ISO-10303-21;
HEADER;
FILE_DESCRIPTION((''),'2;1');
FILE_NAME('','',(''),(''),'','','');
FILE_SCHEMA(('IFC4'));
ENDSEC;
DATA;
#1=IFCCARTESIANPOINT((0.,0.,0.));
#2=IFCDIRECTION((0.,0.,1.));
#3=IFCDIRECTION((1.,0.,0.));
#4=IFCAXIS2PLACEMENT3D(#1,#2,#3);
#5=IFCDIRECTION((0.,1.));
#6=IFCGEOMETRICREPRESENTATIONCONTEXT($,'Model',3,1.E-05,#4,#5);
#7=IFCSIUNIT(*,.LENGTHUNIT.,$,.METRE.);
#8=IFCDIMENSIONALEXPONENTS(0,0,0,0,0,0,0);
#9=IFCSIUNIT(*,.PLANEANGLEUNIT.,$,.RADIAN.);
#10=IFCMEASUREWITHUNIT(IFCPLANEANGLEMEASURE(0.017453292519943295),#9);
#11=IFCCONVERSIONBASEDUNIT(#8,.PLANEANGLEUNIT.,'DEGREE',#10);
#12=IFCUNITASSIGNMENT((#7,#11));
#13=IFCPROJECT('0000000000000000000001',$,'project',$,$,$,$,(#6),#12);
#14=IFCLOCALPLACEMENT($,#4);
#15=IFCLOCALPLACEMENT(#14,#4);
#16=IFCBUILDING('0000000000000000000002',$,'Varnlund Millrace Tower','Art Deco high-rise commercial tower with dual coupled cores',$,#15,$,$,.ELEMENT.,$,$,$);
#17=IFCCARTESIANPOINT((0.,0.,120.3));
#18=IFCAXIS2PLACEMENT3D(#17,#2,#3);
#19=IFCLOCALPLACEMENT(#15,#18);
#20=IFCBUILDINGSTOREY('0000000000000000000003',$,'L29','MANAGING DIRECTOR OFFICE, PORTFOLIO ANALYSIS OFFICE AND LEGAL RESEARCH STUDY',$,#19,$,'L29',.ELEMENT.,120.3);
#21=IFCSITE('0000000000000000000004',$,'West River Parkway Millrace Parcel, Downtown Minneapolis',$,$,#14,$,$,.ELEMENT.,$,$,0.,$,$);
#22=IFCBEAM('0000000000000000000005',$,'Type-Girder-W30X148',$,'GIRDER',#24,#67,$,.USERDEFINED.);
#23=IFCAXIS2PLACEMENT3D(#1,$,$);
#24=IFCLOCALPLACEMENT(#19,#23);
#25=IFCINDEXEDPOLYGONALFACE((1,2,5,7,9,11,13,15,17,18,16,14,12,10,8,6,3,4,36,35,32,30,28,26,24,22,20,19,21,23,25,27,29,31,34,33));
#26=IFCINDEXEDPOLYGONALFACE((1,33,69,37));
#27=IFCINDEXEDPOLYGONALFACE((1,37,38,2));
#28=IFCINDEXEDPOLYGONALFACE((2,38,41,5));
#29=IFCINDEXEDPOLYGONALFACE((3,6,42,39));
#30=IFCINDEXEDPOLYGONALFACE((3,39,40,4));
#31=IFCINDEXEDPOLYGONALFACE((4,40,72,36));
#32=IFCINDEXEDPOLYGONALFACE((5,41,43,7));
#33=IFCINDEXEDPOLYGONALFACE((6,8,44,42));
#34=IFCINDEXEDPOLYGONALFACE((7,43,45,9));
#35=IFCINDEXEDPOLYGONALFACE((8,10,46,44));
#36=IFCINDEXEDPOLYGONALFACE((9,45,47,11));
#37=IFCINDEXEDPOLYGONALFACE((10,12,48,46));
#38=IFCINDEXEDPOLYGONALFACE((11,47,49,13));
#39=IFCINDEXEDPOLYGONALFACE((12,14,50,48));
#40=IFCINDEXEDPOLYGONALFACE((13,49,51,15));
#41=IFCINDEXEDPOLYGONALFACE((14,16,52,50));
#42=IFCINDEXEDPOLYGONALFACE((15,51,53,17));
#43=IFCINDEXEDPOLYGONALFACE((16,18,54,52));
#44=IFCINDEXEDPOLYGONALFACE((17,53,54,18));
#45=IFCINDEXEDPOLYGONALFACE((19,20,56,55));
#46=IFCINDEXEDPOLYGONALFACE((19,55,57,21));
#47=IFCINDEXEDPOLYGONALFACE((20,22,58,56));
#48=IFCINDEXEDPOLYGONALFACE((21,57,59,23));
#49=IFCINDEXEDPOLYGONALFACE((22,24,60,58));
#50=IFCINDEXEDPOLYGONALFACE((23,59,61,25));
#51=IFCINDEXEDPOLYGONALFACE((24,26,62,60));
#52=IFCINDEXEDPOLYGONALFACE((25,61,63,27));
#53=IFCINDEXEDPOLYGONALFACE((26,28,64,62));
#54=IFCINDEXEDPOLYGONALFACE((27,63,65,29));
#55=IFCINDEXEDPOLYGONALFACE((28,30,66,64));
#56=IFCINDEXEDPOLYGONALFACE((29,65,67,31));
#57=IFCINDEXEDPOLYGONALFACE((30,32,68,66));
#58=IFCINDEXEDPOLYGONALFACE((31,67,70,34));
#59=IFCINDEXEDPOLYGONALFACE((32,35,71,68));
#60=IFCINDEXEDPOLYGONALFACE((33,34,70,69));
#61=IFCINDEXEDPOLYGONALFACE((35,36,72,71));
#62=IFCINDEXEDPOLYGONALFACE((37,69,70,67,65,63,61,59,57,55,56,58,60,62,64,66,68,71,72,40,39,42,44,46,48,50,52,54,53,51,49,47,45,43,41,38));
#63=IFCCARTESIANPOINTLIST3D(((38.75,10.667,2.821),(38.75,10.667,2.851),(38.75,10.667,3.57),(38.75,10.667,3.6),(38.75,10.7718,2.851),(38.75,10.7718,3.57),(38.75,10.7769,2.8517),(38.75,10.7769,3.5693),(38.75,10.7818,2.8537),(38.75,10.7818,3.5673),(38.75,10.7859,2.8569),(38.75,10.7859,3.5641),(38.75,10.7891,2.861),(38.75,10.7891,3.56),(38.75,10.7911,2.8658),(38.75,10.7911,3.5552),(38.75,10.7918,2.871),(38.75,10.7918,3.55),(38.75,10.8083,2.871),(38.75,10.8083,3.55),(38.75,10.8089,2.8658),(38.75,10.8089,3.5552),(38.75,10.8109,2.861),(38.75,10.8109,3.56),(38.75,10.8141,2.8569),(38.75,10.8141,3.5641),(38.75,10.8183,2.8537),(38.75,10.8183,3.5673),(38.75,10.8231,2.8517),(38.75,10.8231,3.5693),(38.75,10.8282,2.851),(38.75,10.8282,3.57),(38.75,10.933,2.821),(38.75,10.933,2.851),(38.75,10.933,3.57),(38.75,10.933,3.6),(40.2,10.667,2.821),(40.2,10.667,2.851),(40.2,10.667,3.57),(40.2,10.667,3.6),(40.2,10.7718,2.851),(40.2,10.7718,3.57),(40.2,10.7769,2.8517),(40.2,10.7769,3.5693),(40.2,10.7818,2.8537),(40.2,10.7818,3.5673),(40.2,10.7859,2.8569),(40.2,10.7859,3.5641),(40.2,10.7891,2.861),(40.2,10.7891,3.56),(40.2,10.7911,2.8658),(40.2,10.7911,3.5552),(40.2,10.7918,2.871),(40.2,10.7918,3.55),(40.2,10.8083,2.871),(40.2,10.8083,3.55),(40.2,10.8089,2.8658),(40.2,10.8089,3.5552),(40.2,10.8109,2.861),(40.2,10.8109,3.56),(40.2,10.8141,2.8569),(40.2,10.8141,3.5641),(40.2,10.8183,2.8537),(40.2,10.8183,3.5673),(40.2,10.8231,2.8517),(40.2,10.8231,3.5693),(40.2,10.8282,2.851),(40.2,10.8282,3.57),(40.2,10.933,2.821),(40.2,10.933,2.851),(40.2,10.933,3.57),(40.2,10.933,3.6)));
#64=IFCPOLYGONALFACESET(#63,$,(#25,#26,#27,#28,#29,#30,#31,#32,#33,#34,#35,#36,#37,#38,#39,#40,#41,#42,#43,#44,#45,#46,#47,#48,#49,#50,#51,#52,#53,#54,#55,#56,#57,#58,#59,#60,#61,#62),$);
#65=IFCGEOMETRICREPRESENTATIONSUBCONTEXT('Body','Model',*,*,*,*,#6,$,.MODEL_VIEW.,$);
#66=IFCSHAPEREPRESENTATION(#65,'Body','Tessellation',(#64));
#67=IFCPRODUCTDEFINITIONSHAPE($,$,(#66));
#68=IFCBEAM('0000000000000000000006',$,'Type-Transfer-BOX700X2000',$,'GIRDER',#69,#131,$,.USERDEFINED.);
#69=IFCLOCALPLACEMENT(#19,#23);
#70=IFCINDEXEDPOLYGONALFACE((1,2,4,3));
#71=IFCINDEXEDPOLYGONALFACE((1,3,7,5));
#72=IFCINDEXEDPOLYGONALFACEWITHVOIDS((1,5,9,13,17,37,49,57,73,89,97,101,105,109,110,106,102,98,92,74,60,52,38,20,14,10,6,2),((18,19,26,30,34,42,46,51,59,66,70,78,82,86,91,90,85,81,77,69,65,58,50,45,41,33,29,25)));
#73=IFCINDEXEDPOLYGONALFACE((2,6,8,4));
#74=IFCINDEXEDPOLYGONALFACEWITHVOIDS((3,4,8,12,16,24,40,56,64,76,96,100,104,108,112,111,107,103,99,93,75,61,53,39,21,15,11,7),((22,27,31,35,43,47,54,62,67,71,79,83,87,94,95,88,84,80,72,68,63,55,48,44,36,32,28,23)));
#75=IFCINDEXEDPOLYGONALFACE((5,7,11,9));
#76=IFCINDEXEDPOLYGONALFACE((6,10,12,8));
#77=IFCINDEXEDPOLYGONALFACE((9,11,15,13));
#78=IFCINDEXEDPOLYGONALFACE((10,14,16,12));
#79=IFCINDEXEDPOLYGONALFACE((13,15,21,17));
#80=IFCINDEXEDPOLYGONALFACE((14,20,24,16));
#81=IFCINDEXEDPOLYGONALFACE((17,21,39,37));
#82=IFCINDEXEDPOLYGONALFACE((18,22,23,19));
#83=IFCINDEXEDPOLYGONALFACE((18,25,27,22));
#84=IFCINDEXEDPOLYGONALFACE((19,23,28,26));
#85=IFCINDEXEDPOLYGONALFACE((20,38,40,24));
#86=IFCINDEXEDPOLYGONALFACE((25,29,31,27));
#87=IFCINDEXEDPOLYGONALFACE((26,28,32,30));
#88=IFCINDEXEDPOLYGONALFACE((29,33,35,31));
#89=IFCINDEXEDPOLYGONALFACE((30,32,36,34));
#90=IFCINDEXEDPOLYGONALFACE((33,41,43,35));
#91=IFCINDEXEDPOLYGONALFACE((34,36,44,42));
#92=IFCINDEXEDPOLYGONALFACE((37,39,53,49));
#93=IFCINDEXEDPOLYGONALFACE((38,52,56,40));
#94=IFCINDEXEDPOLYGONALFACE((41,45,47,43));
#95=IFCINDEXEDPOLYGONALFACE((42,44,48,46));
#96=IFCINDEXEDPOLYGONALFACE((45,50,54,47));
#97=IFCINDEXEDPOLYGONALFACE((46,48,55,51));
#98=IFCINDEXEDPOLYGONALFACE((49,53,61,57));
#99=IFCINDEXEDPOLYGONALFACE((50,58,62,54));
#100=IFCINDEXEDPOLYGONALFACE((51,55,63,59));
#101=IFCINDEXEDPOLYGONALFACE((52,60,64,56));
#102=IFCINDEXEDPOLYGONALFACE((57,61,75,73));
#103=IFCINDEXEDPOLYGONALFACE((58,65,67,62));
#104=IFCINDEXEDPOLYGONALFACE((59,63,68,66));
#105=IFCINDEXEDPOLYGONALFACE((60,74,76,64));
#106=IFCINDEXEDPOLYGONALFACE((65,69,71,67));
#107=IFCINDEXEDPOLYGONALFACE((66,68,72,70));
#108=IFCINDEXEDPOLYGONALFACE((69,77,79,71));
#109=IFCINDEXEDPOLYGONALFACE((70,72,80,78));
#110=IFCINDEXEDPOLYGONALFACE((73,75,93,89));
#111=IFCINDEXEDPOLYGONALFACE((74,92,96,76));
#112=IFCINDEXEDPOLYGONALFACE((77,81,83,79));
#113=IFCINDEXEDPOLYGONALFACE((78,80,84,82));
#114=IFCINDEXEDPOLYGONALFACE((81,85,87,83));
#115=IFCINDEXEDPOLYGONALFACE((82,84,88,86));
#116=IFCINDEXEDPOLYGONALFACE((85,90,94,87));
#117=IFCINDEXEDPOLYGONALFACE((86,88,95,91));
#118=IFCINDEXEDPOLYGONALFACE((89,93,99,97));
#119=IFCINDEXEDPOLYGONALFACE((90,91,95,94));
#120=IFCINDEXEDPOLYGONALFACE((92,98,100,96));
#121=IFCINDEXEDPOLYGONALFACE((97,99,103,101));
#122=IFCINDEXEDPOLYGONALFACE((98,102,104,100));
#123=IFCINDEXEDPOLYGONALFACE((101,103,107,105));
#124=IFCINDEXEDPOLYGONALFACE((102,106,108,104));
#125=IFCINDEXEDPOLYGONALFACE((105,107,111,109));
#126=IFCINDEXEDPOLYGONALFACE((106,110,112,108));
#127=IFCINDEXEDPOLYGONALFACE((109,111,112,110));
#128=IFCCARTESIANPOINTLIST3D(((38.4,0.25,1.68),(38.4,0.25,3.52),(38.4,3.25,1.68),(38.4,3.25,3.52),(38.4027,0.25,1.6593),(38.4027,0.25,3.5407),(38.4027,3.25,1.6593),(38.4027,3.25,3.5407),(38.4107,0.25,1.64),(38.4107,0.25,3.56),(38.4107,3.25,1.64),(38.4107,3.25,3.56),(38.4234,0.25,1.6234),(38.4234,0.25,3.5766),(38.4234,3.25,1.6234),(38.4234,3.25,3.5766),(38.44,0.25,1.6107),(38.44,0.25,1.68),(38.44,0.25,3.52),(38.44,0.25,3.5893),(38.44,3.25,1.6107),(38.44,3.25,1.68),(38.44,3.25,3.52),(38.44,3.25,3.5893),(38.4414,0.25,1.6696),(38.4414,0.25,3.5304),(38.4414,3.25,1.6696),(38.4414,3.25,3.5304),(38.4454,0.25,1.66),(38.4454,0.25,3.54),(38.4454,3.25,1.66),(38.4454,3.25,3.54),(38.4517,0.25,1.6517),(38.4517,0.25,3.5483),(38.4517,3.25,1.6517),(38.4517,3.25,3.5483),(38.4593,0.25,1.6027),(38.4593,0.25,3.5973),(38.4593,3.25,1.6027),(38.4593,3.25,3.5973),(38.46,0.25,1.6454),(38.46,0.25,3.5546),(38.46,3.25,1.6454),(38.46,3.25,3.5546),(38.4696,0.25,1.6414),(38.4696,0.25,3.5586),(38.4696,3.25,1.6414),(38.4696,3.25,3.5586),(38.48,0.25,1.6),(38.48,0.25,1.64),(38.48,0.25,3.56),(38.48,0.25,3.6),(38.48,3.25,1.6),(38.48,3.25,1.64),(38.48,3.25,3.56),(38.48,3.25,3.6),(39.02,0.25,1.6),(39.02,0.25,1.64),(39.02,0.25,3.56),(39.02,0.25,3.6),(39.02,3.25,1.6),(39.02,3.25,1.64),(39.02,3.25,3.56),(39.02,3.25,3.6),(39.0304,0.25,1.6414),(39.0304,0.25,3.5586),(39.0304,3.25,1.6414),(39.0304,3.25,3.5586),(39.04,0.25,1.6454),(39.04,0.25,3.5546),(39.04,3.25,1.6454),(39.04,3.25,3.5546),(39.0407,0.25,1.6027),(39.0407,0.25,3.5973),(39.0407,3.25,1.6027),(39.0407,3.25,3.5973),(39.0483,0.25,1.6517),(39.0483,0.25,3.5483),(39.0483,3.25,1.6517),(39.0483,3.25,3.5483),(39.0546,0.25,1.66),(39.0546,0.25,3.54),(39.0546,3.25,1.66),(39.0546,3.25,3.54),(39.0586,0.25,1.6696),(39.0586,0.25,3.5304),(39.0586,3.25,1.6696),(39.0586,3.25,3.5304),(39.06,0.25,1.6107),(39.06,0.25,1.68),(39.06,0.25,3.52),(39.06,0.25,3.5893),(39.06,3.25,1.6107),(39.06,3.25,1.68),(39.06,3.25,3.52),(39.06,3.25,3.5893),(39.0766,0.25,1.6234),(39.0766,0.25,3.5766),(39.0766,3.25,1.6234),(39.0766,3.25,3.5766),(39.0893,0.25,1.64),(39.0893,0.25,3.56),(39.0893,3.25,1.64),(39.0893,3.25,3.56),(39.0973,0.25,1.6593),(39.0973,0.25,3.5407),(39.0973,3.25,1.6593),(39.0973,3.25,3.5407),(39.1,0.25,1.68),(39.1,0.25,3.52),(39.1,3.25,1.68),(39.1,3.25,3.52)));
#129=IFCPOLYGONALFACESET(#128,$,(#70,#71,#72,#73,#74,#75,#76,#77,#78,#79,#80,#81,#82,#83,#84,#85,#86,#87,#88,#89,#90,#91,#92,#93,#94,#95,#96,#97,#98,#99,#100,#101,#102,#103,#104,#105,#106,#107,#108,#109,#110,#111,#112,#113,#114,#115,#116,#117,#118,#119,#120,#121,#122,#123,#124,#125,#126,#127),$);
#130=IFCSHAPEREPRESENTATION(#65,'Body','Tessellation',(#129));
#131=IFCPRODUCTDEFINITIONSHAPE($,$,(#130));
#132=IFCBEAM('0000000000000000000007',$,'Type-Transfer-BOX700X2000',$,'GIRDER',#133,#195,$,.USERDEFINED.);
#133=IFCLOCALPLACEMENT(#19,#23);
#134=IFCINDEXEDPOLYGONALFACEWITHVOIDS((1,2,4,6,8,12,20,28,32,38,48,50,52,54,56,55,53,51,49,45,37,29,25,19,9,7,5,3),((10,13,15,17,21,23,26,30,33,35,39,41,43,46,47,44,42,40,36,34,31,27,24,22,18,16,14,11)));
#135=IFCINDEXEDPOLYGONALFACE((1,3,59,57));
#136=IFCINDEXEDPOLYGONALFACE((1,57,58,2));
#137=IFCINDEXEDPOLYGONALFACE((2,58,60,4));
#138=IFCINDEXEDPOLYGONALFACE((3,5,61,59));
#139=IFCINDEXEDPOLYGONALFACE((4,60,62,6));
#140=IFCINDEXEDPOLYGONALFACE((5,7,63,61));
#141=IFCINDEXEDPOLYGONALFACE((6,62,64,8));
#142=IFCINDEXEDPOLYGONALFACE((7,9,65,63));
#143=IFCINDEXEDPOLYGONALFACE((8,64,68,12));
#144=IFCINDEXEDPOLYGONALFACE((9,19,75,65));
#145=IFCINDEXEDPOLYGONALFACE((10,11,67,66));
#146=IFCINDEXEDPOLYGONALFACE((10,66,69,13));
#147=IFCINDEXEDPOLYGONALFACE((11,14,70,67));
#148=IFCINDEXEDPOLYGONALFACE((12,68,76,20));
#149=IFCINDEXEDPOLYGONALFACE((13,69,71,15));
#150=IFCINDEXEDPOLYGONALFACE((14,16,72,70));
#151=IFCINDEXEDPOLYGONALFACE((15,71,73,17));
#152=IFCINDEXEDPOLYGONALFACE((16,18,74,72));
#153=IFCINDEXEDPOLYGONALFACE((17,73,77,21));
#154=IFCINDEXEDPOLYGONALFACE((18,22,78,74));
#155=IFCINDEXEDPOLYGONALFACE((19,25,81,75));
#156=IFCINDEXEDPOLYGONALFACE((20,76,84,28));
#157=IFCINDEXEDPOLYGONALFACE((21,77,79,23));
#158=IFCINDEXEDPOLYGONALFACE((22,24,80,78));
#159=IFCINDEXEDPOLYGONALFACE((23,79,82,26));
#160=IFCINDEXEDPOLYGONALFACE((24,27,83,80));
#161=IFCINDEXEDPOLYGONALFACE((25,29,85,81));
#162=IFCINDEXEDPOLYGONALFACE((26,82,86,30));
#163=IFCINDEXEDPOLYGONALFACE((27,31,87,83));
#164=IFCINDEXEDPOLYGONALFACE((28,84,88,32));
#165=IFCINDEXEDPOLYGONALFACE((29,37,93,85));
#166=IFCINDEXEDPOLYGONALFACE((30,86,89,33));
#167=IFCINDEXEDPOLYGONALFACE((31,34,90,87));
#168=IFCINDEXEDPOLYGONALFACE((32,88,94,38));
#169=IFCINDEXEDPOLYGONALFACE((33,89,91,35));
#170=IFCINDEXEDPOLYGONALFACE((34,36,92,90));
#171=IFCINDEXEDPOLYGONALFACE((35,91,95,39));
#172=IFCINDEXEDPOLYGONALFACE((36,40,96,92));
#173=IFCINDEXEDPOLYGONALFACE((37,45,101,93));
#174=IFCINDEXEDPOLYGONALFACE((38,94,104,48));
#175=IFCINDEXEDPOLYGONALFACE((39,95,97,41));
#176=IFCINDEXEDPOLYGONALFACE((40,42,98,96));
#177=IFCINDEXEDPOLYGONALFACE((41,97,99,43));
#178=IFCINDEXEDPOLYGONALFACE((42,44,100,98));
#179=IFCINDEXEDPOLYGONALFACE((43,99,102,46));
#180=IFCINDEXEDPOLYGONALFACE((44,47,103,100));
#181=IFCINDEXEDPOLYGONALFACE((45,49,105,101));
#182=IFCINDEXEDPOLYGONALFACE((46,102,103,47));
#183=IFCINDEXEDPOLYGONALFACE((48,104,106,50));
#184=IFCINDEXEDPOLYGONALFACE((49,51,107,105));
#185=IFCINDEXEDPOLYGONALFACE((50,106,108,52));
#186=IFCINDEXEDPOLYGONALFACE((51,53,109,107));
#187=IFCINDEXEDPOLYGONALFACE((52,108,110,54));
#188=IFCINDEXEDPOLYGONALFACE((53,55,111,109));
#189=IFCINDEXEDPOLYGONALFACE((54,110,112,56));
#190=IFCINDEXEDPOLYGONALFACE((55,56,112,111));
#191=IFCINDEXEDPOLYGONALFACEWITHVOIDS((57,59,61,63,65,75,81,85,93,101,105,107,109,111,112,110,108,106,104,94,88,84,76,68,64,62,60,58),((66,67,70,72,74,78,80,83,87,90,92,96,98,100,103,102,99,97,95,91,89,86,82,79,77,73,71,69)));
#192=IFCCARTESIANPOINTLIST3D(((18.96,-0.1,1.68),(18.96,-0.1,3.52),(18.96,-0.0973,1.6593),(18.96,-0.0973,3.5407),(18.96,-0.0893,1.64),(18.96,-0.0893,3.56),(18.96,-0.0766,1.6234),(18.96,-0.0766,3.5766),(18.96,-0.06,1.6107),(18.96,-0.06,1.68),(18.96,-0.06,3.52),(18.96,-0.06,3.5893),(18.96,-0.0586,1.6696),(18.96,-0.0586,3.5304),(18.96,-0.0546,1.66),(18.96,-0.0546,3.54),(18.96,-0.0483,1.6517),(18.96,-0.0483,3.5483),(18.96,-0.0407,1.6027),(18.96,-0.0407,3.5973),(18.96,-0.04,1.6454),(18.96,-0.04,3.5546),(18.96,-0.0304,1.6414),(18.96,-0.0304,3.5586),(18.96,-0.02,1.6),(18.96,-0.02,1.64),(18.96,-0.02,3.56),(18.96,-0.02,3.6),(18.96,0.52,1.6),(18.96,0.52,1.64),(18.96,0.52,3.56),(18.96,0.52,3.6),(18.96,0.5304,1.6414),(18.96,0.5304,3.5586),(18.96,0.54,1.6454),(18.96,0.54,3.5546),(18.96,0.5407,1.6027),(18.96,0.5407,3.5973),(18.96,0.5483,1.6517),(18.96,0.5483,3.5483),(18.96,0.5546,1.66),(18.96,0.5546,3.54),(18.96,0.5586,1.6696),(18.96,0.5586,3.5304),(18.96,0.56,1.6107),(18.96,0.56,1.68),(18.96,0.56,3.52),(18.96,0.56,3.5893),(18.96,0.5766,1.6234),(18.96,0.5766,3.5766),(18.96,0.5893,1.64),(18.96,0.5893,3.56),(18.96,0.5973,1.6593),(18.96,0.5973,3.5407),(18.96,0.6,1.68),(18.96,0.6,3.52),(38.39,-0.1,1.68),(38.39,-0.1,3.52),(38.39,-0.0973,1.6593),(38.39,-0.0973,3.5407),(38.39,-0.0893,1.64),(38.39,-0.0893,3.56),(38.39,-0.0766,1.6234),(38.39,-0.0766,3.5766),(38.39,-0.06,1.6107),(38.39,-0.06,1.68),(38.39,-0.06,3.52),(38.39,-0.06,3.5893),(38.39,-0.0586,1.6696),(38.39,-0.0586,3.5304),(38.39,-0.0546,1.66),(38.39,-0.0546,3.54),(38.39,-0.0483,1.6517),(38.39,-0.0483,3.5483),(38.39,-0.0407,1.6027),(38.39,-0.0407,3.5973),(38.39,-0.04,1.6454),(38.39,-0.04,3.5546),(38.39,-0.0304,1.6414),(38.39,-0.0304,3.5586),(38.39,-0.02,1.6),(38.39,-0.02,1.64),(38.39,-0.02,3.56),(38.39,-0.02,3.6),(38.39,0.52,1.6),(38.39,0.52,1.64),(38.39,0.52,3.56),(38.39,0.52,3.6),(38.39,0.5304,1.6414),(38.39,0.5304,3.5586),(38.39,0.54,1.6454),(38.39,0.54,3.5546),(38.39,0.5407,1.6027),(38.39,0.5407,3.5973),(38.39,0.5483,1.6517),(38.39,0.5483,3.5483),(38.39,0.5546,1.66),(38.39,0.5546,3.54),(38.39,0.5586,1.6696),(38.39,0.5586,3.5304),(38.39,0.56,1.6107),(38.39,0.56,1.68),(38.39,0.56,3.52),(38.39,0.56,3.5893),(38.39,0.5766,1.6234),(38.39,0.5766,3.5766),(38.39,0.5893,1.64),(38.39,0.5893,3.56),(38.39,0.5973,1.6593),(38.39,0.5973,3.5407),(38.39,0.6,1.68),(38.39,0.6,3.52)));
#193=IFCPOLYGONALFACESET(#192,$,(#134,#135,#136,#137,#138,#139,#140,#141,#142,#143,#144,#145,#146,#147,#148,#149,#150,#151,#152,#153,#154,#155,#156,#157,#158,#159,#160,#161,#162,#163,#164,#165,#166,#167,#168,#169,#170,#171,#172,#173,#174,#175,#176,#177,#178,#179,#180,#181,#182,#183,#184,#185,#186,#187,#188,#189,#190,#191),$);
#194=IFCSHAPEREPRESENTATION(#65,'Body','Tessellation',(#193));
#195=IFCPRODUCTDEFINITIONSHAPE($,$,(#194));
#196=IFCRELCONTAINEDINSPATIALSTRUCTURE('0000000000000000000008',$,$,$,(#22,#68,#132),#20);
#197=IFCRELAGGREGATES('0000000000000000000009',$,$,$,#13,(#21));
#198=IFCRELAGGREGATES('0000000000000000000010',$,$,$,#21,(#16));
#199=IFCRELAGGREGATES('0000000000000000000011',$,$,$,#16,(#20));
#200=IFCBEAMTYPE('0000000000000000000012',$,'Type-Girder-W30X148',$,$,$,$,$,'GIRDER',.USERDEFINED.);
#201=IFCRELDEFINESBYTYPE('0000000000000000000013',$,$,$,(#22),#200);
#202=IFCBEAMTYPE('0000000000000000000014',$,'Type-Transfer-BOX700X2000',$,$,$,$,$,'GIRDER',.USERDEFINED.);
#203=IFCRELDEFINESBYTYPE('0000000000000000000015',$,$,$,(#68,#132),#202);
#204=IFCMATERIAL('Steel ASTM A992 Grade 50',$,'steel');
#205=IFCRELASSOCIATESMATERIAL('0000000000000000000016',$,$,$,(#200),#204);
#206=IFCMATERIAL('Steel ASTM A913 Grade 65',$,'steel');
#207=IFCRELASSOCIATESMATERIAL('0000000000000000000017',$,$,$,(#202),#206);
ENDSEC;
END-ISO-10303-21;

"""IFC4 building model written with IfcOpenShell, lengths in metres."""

from ifc_helpers import new_model, entity, si_unit, converted_unit, direction, frame, origin_with_axes, origin_2d_with_axis, place, context, subcontext, project, spatial, hollow_rectangle, i_section, extrude, material, material_profile, profile_set, type_object, element, save


model = new_model("IFC4")

# Units and contexts
model_context = context("Model", 3, precision=1e-05, world=origin_with_axes(), true_north=direction((0.0, 1.0)))
body_context = subcontext(model_context, "Body", "Model", "MODEL_VIEW")
ifc_project = project(units=[si_unit("LENGTHUNIT", "METRE"), converted_unit("PLANEANGLEUNIT", "DEGREE", entity("IfcPlaneAngleMeasure", 0.017453292519943295), si_unit("PLANEANGLEUNIT", "RADIAN"), dimensions=[0, 0, 0, 0, 0, 0, 0])], contexts=[model_context])

# Site, building, storey
site_placement = place(None, origin_with_axes())
site = spatial("IfcSite", under=ifc_project, at=site_placement, Name="West River Parkway Millrace Parcel, Downtown Minneapolis", CompositionType="ELEMENT", RefElevation=0.0)
building_placement = place(site_placement, origin_with_axes())
building = spatial("IfcBuilding", under=site, at=building_placement, Name="Varnlund Millrace Tower", Description="Art Deco high-rise commercial tower with dual coupled cores", CompositionType="ELEMENT")
storey_placement = place(building_placement, frame((0.0, 0.0, 120.3), z_axis=(0.0, 0.0, 1.0), x_axis=(1.0, 0.0, 0.0)))
storey = spatial("IfcBuildingStorey", under=building, at=storey_placement, Name="L29", Description="MANAGING DIRECTOR OFFICE, PORTFOLIO ANALYSIS OFFICE AND LEGAL RESEARCH STUDY", LongName="L29", CompositionType="ELEMENT", Elevation=120.3)

# Beams
ifc_material_1 = material(Name="Steel ASTM A992 Grade 50", Category="steel")
ifc_material_profile_1 = material_profile(ifc_material_1, i_section(OverallWidth=0.266, OverallDepth=0.779, WebThickness=0.0165, FlangeThickness=0.03, FilletRadius=0.02, at=origin_2d_with_axis()), Name="Steel ASTM A992 Grade 50")
ifc_profile_set_1 = profile_set([ifc_material_profile_1], Name="Steel ASTM A992 Grade 50")
beam_type_1 = type_object("IfcBeamType", Name="Type-Girder-W30X148", ElementType="GIRDER", PredefinedType="USERDEFINED", material=ifc_profile_set_1)
beam_1_placement = place(storey_placement, frame((38.75, 10.8, 3.2105), z_axis=(1.0, 0.0, 0.0), x_axis=(0.0, 1.0, 0.0)))
element("IfcBeam", 1, at=beam_1_placement, inside=storey, type_object=beam_type_1, Name="Type-Girder-W30X148", ObjectType="GIRDER", PredefinedType="USERDEFINED", context=body_context, shape_type="SweptSolid", body=[
    extrude(i_section(OverallWidth=0.266, OverallDepth=0.779, WebThickness=0.0165, FlangeThickness=0.03, FilletRadius=0.02, at=origin_2d_with_axis()), origin_with_axes(), (0.0, 0.0, 1.0), 1.45),
])
ifc_material_2 = material(Name="Steel ASTM A913 Grade 65", Category="steel")
ifc_material_profile_2 = material_profile(ifc_material_2, hollow_rectangle(XDim=0.7, YDim=2.0, WallThickness=0.04, InnerFilletRadius=0.04, OuterFilletRadius=0.08, at=origin_2d_with_axis()), Name="Steel ASTM A913 Grade 65")
ifc_profile_set_2 = profile_set([ifc_material_profile_2], Name="Steel ASTM A913 Grade 65")
beam_type_2 = type_object("IfcBeamType", Name="Type-Transfer-BOX700X2000", ElementType="GIRDER", PredefinedType="USERDEFINED", material=ifc_profile_set_2)
beam_2_placement = place(storey_placement, frame((38.75, 0.25, 2.6), z_axis=(0.0, 1.0, 0.0), x_axis=(-1.0, 0.0, 0.0)))
element("IfcBeam", 2, at=beam_2_placement, inside=storey, type_object=beam_type_2, Name="Type-Transfer-BOX700X2000", ObjectType="GIRDER", PredefinedType="USERDEFINED", context=body_context, shape_type="SweptSolid", body=[
    extrude(hollow_rectangle(XDim=0.7, YDim=2.0, WallThickness=0.04, InnerFilletRadius=0.04, OuterFilletRadius=0.08, at=origin_2d_with_axis()), origin_with_axes(), (0.0, 0.0, 1.0), 3.0),
])
beam_3_placement = place(storey_placement, frame((18.96, 0.25, 2.6), z_axis=(1.0, 0.0, 0.0), x_axis=(0.0, 1.0, 0.0)))
element("IfcBeam", 3, at=beam_3_placement, inside=storey, type_object=beam_type_2, Name="Type-Transfer-BOX700X2000", ObjectType="GIRDER", PredefinedType="USERDEFINED", context=body_context, shape_type="SweptSolid", body=[
    extrude(hollow_rectangle(XDim=0.7, YDim=2.0, WallThickness=0.04, InnerFilletRadius=0.04, OuterFilletRadius=0.08, at=origin_2d_with_axis()), origin_with_axes(), (0.0, 0.0, 1.0), 19.43),
])

save(model, "model.ifc")
